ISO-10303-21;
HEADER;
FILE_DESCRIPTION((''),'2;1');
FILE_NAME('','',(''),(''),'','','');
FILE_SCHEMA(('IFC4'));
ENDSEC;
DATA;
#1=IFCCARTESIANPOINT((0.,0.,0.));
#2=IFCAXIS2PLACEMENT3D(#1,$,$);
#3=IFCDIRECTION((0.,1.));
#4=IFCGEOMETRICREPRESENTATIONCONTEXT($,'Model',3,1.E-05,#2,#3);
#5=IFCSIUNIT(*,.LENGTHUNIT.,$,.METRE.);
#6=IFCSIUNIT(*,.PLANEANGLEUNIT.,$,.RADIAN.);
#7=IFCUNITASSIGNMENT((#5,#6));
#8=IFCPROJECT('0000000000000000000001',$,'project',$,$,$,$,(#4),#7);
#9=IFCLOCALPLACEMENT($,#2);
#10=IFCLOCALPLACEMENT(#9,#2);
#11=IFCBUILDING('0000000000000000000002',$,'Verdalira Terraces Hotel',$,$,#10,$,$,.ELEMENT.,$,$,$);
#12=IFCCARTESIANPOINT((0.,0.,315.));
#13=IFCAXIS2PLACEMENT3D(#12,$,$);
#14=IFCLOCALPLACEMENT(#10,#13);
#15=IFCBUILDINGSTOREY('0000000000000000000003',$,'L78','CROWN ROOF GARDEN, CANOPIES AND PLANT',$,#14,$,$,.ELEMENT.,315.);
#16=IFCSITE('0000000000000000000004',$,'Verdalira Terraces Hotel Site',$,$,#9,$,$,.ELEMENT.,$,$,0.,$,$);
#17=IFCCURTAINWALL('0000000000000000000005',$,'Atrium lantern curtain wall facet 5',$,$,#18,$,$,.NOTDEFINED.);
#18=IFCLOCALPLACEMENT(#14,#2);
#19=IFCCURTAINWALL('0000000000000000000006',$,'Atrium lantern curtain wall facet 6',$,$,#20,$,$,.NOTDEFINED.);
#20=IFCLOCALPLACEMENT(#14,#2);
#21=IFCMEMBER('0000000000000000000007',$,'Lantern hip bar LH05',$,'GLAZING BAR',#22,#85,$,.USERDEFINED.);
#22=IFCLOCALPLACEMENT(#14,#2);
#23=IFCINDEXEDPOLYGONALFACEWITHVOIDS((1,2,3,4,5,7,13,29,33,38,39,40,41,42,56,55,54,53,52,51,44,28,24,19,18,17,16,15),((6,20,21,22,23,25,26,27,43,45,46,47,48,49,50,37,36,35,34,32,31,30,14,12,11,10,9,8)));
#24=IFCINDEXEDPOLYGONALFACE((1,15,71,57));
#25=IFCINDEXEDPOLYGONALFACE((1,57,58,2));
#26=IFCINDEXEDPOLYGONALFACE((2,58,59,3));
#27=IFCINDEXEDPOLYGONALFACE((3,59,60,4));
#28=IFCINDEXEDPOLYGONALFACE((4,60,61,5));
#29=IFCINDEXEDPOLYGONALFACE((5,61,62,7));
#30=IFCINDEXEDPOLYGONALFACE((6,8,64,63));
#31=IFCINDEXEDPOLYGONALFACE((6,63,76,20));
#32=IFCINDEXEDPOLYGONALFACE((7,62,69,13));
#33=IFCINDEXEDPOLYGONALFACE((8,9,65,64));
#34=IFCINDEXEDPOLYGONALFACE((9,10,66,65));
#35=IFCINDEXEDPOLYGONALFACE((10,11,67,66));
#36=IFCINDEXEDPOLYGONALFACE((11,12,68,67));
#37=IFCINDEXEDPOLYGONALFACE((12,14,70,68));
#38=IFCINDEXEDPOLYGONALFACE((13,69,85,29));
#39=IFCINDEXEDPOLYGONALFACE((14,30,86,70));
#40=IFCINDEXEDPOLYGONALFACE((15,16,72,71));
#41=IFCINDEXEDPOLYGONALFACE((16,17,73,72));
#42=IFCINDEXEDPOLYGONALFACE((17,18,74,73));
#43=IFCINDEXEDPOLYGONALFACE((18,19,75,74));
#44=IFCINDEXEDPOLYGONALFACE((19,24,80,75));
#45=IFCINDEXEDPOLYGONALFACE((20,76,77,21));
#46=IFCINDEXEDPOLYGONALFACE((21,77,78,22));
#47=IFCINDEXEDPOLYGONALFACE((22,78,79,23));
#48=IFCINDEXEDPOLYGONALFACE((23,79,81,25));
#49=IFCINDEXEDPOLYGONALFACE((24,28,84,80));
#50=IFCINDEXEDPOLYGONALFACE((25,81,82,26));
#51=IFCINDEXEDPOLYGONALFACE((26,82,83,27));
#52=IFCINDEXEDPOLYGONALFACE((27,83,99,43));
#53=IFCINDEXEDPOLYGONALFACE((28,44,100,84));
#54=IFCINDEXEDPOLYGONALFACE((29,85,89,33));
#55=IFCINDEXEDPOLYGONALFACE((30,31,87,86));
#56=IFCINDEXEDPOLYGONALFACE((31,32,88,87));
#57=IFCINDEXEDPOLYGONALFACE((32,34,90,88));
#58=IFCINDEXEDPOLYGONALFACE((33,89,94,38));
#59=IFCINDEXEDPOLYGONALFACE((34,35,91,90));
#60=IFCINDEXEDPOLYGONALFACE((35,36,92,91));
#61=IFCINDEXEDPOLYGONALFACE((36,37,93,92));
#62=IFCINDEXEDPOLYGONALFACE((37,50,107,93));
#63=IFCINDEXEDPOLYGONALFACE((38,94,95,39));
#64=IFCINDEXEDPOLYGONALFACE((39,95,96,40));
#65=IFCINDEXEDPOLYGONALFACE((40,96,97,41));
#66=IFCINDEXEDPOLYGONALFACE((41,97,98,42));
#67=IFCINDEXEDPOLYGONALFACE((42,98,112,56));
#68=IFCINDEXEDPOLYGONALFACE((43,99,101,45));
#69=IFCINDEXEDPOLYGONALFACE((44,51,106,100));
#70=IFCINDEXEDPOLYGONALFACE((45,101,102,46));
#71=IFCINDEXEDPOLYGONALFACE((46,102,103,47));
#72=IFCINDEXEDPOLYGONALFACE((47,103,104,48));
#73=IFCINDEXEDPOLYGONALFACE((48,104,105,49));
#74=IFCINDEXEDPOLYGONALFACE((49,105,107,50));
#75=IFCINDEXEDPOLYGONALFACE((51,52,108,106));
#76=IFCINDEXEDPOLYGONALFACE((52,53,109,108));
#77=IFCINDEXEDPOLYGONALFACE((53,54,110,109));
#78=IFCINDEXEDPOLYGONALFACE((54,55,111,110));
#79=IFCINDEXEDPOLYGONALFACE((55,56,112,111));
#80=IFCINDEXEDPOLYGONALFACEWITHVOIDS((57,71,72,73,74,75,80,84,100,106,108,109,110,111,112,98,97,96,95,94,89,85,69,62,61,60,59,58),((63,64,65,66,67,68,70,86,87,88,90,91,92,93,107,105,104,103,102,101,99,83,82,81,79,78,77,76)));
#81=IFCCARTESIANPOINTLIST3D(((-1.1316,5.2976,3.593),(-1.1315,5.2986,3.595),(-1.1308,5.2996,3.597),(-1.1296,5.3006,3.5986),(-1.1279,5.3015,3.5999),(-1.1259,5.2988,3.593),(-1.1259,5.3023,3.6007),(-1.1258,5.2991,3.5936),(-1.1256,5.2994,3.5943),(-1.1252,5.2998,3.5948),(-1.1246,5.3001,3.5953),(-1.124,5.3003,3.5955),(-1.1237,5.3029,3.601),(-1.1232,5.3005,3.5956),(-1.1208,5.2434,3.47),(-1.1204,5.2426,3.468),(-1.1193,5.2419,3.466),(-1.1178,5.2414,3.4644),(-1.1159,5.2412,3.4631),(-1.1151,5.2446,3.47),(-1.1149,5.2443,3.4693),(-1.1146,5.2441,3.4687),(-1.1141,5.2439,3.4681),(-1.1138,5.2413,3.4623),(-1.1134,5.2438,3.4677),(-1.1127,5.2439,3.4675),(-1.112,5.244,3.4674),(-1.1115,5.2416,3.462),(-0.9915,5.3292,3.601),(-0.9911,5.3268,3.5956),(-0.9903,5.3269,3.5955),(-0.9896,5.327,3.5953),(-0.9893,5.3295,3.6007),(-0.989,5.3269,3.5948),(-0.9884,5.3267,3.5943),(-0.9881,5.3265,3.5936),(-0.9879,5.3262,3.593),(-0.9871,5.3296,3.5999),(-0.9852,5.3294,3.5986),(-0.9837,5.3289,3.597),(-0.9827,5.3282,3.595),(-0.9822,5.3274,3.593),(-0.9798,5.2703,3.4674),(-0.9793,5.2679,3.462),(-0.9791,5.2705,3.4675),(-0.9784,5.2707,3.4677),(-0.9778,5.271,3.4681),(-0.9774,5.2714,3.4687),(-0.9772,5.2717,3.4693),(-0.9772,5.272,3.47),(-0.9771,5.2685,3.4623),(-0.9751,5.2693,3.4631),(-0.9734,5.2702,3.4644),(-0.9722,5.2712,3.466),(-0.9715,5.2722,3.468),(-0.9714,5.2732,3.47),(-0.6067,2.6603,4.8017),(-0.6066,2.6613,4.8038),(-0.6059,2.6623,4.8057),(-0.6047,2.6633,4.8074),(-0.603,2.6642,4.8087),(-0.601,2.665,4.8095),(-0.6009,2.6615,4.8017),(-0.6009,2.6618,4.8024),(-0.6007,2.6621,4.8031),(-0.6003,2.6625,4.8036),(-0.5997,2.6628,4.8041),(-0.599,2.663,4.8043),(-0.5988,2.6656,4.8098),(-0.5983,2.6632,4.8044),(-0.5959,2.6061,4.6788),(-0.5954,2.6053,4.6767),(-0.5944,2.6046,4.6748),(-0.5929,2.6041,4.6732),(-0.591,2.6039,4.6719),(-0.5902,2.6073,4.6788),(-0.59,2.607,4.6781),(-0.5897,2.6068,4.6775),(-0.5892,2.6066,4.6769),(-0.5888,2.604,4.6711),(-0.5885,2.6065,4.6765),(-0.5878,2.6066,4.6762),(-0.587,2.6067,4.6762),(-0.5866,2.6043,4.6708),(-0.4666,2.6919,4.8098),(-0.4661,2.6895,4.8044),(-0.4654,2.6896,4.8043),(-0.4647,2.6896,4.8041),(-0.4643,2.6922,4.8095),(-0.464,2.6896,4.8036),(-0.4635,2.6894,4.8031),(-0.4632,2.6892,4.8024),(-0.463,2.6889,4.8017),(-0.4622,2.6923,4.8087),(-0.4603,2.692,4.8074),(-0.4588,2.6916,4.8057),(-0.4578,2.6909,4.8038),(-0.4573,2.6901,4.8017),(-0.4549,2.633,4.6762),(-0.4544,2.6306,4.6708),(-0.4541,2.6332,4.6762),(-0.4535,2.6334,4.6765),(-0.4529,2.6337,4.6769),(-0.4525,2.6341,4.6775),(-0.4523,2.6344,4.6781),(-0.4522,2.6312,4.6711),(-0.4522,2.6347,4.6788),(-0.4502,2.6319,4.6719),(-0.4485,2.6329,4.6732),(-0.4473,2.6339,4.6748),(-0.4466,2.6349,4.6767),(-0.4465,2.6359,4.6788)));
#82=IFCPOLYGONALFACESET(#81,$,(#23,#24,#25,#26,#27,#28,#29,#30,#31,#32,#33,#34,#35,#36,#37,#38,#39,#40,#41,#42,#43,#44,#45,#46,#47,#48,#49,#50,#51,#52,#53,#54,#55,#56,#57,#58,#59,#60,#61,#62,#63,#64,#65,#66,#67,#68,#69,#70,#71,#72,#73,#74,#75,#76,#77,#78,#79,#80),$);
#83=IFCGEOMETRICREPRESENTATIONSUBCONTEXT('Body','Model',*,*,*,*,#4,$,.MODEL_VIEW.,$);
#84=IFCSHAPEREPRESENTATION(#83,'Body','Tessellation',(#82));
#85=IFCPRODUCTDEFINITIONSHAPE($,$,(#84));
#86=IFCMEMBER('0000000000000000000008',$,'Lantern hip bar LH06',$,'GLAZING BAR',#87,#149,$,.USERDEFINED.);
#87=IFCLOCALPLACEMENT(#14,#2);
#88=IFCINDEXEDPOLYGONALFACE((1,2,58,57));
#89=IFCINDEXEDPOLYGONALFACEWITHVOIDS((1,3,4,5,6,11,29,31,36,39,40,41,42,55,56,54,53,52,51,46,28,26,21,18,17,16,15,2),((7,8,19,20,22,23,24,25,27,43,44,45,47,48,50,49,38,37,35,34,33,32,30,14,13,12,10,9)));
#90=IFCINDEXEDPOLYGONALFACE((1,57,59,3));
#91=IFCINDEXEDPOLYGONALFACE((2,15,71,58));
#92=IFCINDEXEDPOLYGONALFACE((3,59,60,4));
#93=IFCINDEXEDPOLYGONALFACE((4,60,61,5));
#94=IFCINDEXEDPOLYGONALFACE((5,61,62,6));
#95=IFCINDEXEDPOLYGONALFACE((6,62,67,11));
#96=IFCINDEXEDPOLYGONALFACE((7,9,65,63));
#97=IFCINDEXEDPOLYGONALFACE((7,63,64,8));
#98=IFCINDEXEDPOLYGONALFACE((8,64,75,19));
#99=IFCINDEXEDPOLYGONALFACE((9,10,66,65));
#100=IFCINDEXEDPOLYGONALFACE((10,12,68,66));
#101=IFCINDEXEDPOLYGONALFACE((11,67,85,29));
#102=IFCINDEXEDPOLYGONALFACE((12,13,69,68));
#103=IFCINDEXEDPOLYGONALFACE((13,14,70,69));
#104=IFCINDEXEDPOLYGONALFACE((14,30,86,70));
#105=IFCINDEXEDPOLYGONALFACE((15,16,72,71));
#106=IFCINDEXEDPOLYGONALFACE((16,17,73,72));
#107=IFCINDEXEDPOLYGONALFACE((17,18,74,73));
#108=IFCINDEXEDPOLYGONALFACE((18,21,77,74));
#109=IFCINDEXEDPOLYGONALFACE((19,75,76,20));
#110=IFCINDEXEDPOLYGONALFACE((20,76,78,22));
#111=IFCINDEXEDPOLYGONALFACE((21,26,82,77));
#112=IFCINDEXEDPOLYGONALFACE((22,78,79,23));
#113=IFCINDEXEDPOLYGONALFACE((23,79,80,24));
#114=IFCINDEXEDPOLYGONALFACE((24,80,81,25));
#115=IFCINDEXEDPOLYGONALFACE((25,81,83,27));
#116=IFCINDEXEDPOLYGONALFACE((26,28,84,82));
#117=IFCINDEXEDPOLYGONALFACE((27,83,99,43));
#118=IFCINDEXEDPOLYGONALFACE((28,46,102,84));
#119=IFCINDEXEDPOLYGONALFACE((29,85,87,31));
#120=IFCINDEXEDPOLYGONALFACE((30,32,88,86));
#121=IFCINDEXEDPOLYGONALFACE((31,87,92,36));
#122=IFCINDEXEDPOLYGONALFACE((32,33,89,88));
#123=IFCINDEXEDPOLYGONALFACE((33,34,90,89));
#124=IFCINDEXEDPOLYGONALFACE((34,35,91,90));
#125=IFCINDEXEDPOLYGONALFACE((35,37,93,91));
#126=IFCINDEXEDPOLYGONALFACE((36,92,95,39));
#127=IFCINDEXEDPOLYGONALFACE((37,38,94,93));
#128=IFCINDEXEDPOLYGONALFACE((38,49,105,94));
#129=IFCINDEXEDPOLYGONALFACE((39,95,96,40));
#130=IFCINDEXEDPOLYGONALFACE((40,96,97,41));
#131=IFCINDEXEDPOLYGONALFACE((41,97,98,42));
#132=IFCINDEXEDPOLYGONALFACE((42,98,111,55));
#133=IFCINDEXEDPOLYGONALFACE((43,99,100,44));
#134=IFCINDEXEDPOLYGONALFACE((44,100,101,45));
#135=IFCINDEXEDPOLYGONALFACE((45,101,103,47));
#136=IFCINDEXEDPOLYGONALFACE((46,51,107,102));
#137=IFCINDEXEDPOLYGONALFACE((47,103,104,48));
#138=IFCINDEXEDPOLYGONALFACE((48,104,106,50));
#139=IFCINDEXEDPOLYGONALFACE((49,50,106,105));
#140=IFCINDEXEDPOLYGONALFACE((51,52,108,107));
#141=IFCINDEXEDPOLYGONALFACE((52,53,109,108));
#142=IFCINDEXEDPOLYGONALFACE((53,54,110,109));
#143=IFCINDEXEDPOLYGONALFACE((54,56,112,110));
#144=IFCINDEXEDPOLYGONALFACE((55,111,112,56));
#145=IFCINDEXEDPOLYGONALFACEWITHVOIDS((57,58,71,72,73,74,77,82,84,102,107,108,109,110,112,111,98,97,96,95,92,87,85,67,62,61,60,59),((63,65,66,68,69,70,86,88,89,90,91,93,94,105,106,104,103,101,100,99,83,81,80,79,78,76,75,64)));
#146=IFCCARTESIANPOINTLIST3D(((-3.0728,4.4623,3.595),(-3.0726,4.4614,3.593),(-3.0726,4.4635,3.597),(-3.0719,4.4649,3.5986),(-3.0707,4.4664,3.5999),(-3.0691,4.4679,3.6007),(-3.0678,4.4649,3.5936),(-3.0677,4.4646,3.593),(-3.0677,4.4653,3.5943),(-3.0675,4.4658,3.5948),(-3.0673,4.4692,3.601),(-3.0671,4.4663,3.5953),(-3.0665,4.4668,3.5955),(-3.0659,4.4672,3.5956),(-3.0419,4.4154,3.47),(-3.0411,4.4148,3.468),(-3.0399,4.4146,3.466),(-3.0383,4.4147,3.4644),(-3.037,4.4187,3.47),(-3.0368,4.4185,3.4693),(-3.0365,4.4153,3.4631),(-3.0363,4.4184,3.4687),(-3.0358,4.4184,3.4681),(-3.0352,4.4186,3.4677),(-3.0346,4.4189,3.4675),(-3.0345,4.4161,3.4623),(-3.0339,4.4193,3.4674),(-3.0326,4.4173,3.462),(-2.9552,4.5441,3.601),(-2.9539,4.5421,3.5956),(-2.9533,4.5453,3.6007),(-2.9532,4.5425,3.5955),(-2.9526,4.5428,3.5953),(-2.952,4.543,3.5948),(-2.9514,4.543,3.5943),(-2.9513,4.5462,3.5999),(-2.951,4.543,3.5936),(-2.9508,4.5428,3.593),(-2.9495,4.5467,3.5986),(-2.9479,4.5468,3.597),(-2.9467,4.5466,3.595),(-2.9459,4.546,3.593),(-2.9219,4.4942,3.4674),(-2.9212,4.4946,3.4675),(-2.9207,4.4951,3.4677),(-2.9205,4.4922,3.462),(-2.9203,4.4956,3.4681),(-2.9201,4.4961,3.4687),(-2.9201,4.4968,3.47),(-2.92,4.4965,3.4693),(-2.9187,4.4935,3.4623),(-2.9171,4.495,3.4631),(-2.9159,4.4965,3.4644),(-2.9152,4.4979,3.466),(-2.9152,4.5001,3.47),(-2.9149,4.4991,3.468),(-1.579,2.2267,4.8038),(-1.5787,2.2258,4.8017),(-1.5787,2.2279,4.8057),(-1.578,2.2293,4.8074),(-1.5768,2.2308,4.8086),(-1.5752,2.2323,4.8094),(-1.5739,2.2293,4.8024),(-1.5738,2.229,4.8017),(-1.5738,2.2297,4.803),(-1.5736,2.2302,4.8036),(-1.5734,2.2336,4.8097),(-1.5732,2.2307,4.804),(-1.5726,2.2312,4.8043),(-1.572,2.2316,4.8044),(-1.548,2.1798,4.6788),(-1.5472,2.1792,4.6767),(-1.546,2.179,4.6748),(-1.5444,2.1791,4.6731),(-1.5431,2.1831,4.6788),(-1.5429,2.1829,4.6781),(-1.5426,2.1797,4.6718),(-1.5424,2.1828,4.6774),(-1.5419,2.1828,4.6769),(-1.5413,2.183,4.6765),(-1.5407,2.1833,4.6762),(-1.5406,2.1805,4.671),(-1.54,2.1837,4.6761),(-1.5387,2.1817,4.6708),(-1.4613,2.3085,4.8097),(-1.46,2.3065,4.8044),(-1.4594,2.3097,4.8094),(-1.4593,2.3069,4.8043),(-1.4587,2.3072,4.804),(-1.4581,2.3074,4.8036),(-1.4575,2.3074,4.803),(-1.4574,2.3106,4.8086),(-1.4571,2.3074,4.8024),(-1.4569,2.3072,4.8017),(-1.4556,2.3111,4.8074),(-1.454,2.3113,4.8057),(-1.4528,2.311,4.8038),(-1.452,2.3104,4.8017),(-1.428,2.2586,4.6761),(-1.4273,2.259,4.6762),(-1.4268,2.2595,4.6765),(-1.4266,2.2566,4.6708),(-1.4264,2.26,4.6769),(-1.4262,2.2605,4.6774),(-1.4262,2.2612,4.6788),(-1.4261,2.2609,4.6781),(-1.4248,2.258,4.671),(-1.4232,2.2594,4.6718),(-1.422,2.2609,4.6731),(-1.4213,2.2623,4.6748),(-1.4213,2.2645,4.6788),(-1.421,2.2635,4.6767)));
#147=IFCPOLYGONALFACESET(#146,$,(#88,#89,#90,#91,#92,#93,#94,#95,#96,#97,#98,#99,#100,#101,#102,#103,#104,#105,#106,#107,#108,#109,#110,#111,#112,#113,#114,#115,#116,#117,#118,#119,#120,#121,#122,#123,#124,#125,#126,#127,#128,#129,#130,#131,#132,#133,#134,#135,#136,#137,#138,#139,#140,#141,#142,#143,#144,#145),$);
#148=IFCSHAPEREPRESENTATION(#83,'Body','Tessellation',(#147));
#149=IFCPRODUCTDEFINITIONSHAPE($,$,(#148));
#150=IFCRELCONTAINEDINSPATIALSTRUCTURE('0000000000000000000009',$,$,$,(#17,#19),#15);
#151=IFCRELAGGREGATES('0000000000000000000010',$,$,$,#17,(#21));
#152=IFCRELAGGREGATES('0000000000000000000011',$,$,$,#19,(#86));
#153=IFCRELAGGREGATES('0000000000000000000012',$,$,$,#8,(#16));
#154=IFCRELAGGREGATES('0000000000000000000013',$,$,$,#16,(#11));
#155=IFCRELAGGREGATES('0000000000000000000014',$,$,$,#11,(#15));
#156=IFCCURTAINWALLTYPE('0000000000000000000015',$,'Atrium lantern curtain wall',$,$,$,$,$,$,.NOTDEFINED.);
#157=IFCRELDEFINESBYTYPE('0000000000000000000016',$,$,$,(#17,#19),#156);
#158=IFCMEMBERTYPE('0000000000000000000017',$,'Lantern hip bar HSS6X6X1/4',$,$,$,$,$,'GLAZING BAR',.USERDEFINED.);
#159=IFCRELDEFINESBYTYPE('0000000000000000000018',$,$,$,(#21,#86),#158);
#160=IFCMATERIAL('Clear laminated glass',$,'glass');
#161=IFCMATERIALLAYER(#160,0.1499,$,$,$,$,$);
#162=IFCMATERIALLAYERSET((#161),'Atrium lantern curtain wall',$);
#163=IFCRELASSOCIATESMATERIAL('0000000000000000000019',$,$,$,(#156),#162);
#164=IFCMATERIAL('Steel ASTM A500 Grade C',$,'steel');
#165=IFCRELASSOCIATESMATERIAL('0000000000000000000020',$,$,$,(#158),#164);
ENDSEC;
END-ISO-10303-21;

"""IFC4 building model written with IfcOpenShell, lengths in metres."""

from ifc_helpers import new_model, si_unit, direction, frame, origin, origin_2d, place, context, subcontext, project, spatial, hollow_rectangle, extrude, material, layer, layer_set, material_profile, profile_set, type_object, element, aggregate, save


model = new_model("IFC4")

# Units and contexts
model_context = context("Model", 3, precision=1e-05, world=origin(), true_north=direction((0.0, 1.0)))
body_context = subcontext(model_context, "Body", "Model", "MODEL_VIEW")
ifc_project = project(units=[si_unit("LENGTHUNIT", "METRE"), si_unit("PLANEANGLEUNIT", "RADIAN")], contexts=[model_context])

# Site, building, storey
site_placement = place(None, origin())
site = spatial("IfcSite", under=ifc_project, at=site_placement, Name="Verdalira Terraces Hotel Site", CompositionType="ELEMENT", RefElevation=0.0)
building_placement = place(site_placement, origin())
building = spatial("IfcBuilding", under=site, at=building_placement, Name="Verdalira Terraces Hotel", CompositionType="ELEMENT")
storey_placement = place(building_placement, frame((0.0, 0.0, 315.0)))
storey = spatial("IfcBuildingStorey", under=building, at=storey_placement, Name="L78", Description="CROWN ROOF GARDEN, CANOPIES AND PLANT", CompositionType="ELEMENT", Elevation=315.0)

# Curtain walls
ifc_material_1 = material(Name="Clear laminated glass", Category="glass")
ifc_layer_1 = layer(ifc_material_1, 0.1499)
ifc_layer_set_1 = layer_set([ifc_layer_1], Name="Atrium lantern curtain wall")
curtain_wall_type = type_object("IfcCurtainWallType", Name="Atrium lantern curtain wall", PredefinedType="NOTDEFINED", material=ifc_layer_set_1)
curtain_wall_1_placement = place(storey_placement, origin())
curtain_wall_1 = element("IfcCurtainWall", 1, at=curtain_wall_1_placement, inside=storey, type_object=curtain_wall_type, Name="Atrium lantern curtain wall facet 5", PredefinedType="NOTDEFINED")
curtain_wall_2_placement = place(storey_placement, origin())
curtain_wall_2 = element("IfcCurtainWall", 2, at=curtain_wall_2_placement, inside=storey, type_object=curtain_wall_type, Name="Atrium lantern curtain wall facet 6", PredefinedType="NOTDEFINED")

# Members
ifc_material_2 = material(Name="Steel ASTM A500 Grade C", Category="steel")
ifc_material_profile_1 = material_profile(ifc_material_2, hollow_rectangle(XDim=0.1523, YDim=0.1523, WallThickness=0.0059, InnerFilletRadius=0.0029, OuterFilletRadius=0.0088, at=origin_2d()), Name="HSS6X6X1/4")
ifc_profile_set_1 = profile_set([ifc_material_profile_1], Name="Steel ASTM A500 Grade C")
member_type_1 = type_object("IfcMemberType", Name="Lantern hip bar HSS6X6X1/4", ElementType="GLAZING BAR", PredefinedType="USERDEFINED", material=ifc_profile_set_1)
member_1_placement = place(storey_placement, frame((-1.0515, 5.2854, 3.5315), z_axis=(0.178046, -0.894537, 0.410003), x_axis=(0.980762, 0.195208, 0.0)))
member_1 = element("IfcMember", 3, at=member_1_placement, type_object=member_type_1, Name="Lantern hip bar LH05", ObjectType="GLAZING BAR", PredefinedType="USERDEFINED", context=body_context, shape_type="SweptSolid", body=[
    extrude(hollow_rectangle(XDim=0.1523, YDim=0.1523, WallThickness=0.0059, InnerFilletRadius=0.0029, OuterFilletRadius=0.0088, at=origin_2d()), origin(), (0.0, 0.0, 1.0), 2.9482),
])
member_2_placement = place(storey_placement, frame((-2.9939, 4.4807, 3.5315), z_axis=(0.50675, -0.758345, 0.410021), x_axis=(0.831449, 0.555601, 0.0)))
member_2 = element("IfcMember", 4, at=member_2_placement, type_object=member_type_1, Name="Lantern hip bar LH06", ObjectType="GLAZING BAR", PredefinedType="USERDEFINED", context=body_context, shape_type="SweptSolid", body=[
    extrude(hollow_rectangle(XDim=0.1523, YDim=0.1523, WallThickness=0.0059, InnerFilletRadius=0.0029, OuterFilletRadius=0.0088, at=origin_2d()), origin(), (0.0, 0.0, 1.0), 2.948),
])

aggregate(curtain_wall_1, [member_1])
aggregate(curtain_wall_2, [member_2])

save(model, "model.ifc")
